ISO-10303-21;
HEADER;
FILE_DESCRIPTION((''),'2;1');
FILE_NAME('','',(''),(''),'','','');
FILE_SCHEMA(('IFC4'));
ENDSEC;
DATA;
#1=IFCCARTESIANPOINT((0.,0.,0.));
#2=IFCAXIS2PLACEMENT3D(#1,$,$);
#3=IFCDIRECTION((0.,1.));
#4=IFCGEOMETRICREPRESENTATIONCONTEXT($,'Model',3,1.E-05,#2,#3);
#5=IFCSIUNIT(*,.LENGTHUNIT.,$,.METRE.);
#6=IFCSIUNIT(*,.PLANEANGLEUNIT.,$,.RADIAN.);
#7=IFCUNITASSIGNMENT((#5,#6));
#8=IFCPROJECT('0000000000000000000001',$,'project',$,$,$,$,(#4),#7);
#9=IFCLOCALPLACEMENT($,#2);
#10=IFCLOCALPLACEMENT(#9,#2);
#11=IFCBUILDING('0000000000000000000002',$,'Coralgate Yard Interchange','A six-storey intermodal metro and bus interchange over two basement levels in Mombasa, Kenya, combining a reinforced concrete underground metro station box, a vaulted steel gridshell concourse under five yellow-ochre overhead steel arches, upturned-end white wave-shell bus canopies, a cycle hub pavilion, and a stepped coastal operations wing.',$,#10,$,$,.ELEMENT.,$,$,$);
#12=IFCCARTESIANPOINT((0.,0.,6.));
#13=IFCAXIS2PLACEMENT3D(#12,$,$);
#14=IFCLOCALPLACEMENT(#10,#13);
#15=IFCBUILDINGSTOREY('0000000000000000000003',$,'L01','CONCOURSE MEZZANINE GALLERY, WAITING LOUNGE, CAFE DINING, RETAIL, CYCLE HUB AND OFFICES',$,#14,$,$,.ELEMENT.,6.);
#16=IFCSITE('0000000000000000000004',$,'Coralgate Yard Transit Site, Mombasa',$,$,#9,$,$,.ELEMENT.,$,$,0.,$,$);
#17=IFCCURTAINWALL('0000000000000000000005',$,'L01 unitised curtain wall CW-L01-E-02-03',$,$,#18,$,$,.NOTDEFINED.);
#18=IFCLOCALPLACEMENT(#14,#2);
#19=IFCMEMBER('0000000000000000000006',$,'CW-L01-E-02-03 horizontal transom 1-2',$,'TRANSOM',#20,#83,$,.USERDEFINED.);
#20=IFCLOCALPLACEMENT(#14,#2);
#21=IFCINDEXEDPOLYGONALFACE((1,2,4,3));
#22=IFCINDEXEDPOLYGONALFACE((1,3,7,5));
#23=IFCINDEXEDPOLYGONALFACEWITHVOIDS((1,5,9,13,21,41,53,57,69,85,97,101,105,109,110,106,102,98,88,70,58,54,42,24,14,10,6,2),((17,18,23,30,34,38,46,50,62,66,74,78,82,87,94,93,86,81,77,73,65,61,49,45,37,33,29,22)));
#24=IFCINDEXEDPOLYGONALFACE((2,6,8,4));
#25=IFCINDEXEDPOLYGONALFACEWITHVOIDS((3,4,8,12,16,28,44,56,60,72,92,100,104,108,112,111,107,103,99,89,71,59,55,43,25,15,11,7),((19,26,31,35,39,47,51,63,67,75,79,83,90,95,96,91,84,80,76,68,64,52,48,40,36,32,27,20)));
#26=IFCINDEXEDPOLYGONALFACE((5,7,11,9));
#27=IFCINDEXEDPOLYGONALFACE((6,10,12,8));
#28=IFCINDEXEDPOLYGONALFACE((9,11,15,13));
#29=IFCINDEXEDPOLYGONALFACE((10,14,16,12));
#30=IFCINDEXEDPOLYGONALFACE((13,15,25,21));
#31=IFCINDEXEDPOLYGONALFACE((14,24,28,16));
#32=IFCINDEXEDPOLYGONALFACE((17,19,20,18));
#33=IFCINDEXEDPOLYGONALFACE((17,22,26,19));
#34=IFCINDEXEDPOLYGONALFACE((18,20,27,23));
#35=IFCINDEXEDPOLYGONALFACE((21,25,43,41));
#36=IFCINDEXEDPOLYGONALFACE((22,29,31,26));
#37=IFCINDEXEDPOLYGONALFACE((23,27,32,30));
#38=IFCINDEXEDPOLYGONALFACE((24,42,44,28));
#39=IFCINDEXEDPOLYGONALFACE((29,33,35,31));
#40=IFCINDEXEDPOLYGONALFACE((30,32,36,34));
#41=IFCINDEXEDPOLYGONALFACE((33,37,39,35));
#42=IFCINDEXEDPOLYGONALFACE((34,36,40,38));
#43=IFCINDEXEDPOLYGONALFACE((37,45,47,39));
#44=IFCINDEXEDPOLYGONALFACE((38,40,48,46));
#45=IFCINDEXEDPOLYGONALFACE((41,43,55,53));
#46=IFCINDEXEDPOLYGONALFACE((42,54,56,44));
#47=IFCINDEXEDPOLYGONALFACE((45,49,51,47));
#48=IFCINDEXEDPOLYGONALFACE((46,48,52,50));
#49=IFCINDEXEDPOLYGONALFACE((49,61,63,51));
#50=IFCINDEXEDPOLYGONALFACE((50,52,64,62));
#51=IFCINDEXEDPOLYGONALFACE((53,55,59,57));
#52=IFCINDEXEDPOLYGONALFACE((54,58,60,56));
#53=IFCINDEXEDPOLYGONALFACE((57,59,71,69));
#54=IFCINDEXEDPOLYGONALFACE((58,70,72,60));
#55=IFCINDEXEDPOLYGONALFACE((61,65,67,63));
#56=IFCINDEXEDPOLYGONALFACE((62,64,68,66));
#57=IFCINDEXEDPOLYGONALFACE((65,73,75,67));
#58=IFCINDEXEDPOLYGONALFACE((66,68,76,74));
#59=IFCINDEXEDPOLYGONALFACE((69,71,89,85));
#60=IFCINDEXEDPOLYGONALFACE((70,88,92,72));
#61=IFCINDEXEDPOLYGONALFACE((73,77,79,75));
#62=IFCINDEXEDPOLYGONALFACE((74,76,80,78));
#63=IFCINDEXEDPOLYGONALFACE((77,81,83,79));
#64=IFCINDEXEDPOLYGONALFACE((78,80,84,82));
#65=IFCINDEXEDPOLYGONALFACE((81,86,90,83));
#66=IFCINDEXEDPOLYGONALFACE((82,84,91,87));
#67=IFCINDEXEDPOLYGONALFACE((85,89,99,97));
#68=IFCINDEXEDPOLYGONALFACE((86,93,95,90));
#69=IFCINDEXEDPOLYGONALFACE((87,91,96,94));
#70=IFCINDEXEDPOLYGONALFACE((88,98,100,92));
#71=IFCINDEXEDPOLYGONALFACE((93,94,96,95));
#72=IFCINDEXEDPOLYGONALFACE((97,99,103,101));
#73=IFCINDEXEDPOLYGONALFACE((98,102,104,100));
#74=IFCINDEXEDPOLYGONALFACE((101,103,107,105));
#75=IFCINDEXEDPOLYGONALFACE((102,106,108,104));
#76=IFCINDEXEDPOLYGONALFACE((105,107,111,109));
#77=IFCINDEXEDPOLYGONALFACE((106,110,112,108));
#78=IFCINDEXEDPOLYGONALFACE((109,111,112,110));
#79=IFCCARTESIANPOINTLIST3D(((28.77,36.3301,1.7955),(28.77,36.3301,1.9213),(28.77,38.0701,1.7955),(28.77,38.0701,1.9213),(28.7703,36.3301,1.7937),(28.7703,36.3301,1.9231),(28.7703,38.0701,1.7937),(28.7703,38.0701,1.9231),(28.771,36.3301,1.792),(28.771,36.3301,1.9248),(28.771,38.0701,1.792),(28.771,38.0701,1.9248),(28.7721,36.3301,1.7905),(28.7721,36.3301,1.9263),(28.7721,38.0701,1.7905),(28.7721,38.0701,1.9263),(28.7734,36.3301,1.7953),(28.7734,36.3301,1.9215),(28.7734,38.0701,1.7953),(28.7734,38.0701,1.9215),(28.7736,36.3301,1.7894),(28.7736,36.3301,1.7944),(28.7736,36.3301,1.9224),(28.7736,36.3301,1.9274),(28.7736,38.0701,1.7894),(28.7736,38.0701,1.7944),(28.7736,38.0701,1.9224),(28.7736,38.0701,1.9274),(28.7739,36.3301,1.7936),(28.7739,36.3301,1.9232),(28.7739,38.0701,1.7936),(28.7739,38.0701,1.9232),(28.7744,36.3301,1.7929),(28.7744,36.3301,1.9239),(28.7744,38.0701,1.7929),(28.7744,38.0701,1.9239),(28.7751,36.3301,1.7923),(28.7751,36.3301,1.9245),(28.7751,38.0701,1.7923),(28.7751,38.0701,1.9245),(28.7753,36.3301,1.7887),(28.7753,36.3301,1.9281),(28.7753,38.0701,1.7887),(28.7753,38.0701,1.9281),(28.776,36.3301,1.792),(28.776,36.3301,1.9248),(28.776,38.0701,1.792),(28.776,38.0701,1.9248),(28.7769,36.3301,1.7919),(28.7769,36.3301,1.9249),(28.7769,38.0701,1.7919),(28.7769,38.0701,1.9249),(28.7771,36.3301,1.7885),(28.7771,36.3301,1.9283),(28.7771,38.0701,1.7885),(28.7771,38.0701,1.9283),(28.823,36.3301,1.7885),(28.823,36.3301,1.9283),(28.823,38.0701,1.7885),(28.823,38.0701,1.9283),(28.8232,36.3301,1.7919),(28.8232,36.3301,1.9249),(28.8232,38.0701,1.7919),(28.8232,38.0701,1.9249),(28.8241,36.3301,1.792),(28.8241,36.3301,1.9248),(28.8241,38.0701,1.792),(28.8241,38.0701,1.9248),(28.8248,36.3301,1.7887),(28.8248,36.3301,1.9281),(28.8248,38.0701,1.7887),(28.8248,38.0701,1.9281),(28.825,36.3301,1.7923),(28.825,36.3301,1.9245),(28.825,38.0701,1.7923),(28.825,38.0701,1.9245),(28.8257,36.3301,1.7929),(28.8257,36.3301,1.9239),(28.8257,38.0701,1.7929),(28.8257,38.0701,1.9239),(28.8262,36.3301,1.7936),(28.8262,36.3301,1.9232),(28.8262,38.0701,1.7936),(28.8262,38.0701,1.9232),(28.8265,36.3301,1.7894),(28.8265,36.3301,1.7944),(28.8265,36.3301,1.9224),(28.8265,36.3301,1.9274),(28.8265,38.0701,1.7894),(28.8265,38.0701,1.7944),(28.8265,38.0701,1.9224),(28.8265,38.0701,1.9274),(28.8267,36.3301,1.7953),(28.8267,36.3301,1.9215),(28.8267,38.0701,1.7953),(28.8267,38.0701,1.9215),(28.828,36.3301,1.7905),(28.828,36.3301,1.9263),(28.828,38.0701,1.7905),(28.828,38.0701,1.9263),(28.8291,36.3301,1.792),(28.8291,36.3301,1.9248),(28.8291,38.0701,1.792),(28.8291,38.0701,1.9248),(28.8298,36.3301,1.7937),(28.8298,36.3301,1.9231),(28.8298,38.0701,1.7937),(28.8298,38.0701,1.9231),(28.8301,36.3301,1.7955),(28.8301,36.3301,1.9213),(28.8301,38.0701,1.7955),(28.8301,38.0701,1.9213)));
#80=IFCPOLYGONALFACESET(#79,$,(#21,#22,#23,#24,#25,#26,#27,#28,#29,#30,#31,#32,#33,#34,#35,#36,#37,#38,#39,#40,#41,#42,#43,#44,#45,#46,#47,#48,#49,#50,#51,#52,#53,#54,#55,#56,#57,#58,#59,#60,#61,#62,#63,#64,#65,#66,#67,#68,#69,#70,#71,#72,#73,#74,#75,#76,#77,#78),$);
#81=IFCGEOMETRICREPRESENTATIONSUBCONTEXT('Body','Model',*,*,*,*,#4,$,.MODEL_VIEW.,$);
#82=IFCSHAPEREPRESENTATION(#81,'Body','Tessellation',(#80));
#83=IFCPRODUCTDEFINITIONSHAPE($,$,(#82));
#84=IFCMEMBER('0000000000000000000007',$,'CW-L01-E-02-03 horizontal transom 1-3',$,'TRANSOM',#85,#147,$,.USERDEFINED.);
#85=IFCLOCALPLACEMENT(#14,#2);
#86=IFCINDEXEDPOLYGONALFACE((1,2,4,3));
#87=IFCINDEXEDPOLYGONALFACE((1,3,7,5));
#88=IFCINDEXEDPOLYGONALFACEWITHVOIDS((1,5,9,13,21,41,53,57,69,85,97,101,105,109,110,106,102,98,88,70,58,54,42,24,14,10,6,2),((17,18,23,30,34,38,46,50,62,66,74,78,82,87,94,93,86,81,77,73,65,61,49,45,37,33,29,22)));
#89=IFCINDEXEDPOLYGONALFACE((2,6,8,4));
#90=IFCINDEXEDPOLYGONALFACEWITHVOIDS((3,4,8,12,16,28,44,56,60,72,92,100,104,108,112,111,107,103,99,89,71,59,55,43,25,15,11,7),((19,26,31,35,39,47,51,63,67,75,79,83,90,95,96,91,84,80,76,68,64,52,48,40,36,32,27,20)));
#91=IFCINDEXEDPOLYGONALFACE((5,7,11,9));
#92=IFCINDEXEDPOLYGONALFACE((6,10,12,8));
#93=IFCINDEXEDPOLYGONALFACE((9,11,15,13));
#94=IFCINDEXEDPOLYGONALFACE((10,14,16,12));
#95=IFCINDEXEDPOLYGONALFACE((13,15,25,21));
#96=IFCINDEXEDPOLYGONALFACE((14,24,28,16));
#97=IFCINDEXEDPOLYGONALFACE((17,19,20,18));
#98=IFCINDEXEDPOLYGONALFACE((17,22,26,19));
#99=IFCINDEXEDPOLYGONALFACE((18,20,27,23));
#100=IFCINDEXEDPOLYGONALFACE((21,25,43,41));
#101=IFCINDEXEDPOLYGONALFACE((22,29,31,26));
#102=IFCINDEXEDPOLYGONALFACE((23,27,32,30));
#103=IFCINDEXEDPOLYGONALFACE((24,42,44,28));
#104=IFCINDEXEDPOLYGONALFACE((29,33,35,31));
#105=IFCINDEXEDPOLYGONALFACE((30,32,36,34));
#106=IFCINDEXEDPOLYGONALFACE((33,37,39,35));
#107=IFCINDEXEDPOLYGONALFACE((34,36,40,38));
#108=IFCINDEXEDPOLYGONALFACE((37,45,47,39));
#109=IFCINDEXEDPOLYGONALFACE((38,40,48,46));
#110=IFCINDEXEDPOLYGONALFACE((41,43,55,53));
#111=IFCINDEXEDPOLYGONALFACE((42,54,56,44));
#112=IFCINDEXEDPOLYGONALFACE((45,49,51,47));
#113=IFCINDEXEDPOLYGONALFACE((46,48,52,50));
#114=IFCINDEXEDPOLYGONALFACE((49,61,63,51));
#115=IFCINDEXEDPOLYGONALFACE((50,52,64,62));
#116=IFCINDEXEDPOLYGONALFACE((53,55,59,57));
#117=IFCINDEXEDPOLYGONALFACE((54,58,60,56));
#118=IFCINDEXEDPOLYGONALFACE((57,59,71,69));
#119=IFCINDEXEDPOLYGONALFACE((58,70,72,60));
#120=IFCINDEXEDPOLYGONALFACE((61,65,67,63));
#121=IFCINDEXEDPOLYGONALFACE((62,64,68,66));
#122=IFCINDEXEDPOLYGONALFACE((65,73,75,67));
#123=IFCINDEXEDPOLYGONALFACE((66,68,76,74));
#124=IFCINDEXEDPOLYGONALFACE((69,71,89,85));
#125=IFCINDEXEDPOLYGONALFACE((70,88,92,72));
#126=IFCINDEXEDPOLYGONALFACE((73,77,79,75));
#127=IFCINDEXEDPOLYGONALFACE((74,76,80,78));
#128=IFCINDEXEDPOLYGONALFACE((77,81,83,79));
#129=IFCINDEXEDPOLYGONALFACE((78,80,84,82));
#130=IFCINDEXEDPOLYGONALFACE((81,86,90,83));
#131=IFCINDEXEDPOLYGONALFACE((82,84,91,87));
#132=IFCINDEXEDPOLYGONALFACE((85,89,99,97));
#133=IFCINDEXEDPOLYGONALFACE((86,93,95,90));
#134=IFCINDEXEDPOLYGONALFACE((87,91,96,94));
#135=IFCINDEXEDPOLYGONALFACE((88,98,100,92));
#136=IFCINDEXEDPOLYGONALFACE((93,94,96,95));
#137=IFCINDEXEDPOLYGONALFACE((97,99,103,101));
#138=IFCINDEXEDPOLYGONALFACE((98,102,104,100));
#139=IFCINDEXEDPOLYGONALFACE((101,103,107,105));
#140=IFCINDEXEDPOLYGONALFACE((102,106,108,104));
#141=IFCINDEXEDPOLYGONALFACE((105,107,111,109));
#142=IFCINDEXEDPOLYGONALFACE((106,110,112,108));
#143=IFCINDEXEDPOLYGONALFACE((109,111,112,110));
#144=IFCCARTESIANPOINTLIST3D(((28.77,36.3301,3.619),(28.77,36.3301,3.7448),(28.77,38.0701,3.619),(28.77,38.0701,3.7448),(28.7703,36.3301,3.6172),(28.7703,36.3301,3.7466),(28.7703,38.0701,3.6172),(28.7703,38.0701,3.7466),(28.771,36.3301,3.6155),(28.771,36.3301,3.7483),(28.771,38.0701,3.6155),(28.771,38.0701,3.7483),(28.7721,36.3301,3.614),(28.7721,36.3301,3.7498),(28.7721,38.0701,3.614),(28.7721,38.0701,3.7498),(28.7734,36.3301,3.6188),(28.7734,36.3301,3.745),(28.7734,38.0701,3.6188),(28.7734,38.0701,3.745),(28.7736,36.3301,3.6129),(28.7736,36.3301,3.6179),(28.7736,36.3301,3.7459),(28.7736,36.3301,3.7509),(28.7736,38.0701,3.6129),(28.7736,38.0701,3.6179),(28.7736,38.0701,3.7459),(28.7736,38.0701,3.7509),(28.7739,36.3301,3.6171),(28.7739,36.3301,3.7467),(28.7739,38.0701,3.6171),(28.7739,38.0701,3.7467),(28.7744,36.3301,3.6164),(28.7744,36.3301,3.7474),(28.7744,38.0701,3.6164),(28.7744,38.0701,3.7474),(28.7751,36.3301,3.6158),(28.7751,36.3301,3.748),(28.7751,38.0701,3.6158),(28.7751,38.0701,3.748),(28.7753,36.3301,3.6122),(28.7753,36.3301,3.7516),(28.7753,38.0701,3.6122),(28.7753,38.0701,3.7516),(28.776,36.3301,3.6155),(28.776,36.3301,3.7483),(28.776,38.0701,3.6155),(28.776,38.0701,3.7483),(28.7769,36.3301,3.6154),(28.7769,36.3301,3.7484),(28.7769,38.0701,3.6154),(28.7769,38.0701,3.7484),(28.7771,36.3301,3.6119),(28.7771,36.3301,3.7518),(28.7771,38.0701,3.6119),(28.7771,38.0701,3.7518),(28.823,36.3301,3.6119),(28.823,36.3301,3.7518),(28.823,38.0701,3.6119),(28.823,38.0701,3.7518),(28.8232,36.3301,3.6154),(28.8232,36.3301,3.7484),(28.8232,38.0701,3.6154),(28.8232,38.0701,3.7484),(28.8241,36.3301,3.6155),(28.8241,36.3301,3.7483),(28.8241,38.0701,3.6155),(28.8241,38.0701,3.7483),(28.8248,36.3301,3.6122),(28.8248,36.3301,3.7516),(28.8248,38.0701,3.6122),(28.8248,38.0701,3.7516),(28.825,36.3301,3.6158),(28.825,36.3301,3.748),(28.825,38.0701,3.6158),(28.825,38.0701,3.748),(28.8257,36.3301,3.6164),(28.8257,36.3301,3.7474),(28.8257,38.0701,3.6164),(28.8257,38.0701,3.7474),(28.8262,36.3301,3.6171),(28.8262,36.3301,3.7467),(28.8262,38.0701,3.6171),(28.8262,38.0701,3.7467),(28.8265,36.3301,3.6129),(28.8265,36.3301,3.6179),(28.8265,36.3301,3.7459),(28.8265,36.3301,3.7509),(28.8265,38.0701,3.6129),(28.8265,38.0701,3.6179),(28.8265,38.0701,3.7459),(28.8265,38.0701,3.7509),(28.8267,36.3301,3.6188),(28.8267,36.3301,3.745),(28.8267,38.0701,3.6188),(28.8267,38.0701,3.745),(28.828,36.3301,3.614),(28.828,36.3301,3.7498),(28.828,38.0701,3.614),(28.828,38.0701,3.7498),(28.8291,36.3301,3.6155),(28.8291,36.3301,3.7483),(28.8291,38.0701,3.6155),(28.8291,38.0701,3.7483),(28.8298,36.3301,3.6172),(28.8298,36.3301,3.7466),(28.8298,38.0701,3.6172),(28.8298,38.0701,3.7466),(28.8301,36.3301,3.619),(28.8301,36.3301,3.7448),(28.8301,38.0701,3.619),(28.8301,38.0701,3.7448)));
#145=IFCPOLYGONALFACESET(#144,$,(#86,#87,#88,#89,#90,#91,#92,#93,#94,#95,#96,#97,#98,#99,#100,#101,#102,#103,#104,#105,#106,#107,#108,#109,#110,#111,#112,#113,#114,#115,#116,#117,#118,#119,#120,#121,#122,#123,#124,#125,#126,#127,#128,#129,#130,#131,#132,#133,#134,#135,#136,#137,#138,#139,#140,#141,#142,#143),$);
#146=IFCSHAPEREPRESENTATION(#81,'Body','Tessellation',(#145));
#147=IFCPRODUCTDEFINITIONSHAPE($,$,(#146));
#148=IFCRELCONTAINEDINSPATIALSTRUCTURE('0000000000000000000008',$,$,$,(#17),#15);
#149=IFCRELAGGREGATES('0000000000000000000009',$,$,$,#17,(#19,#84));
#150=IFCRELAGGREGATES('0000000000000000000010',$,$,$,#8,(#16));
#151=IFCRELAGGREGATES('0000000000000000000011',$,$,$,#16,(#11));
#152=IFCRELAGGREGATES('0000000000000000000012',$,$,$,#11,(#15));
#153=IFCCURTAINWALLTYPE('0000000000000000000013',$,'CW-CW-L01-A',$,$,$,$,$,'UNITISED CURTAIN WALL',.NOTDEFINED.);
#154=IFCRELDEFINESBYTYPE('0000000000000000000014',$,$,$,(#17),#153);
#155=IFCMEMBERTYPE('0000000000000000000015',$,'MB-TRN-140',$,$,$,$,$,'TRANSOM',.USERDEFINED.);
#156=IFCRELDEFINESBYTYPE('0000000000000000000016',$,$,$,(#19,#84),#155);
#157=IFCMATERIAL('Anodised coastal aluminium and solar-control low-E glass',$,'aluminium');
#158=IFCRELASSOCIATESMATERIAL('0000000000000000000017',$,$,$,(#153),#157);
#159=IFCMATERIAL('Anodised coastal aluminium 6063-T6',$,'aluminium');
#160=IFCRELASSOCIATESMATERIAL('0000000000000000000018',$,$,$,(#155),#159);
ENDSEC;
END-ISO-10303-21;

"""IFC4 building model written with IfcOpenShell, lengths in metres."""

from ifc_helpers import new_model, si_unit, direction, frame, origin, origin_2d, place, context, subcontext, project, spatial, hollow_rectangle, extrude, material, material_profile, profile_set, type_object, element, aggregate, save


model = new_model("IFC4")

# Units and contexts
model_context = context("Model", 3, precision=1e-05, world=origin(), true_north=direction((0.0, 1.0)))
body_context = subcontext(model_context, "Body", "Model", "MODEL_VIEW")
ifc_project = project(units=[si_unit("LENGTHUNIT", "METRE"), si_unit("PLANEANGLEUNIT", "RADIAN")], contexts=[model_context])

# Site, building, storey
site_placement = place(None, origin())
site = spatial("IfcSite", under=ifc_project, at=site_placement, Name="Coralgate Yard Transit Site, Mombasa", CompositionType="ELEMENT", RefElevation=0.0)
building_placement = place(site_placement, origin())
building = spatial("IfcBuilding", under=site, at=building_placement, Name="Coralgate Yard Interchange", Description="A six-storey intermodal metro and bus interchange over two basement levels in Mombasa, Kenya, combining a reinforced concrete underground metro station box, a vaulted steel gridshell concourse under five yellow-ochre overhead steel arches, upturned-end white wave-shell bus canopies, a cycle hub pavilion, and a stepped coastal operations wing.", CompositionType="ELEMENT")
storey_placement = place(building_placement, frame((0.0, 0.0, 6.0)))
storey = spatial("IfcBuildingStorey", under=building, at=storey_placement, Name="L01", Description="CONCOURSE MEZZANINE GALLERY, WAITING LOUNGE, CAFE DINING, RETAIL, CYCLE HUB AND OFFICES", CompositionType="ELEMENT", Elevation=6.0)

# Curtain wall
ifc_material_1 = material(Name="Anodised coastal aluminium and solar-control low-E glass", Category="aluminium")
curtain_wall_type_1 = type_object("IfcCurtainWallType", Name="CW-CW-L01-A", ElementType="UNITISED CURTAIN WALL", PredefinedType="NOTDEFINED", material=ifc_material_1)
curtain_wall_1_placement = place(storey_placement, origin())
curtain_wall_1 = element("IfcCurtainWall", 1, at=curtain_wall_1_placement, inside=storey, type_object=curtain_wall_type_1, Name="L01 unitised curtain wall CW-L01-E-02-03", PredefinedType="NOTDEFINED")
ifc_material_2 = material(Name="Anodised coastal aluminium 6063-T6", Category="aluminium")

# Members
ifc_material_profile_1 = material_profile(ifc_material_2, hollow_rectangle(XDim=0.0601, YDim=0.1399, WallThickness=0.0034, InnerFilletRadius=0.0034, OuterFilletRadius=0.0071, at=origin_2d()), Name="ALU 60x140x3.5")
ifc_profile_set_1 = profile_set([ifc_material_profile_1], Name="Anodised coastal aluminium 6063-T6")
member_type_1 = type_object("IfcMemberType", Name="MB-TRN-140", ElementType="TRANSOM", PredefinedType="USERDEFINED", material=ifc_profile_set_1)
member_1_placement = place(storey_placement, frame((28.8, 38.0701, 1.8584), z_axis=(0.0, -1.0, 0.0), x_axis=(1.0, 0.0, 0.0)))
member_1 = element("IfcMember", 2, at=member_1_placement, type_object=member_type_1, Name="CW-L01-E-02-03 horizontal transom 1-2", ObjectType="TRANSOM", PredefinedType="USERDEFINED", context=body_context, shape_type="SweptSolid", body=[
    extrude(hollow_rectangle(XDim=0.0601, YDim=0.1399, WallThickness=0.0034, InnerFilletRadius=0.0034, OuterFilletRadius=0.0071, at=origin_2d()), origin(), (0.0, 0.0, 1.0), 1.74),
])
member_2_placement = place(storey_placement, frame((28.8, 38.0701, 3.6819), z_axis=(0.0, -1.0, 0.0), x_axis=(1.0, 0.0, 0.0)))
member_2 = element("IfcMember", 3, at=member_2_placement, type_object=member_type_1, Name="CW-L01-E-02-03 horizontal transom 1-3", ObjectType="TRANSOM", PredefinedType="USERDEFINED", context=body_context, shape_type="SweptSolid", body=[
    extrude(hollow_rectangle(XDim=0.0601, YDim=0.1399, WallThickness=0.0034, InnerFilletRadius=0.0034, OuterFilletRadius=0.0071, at=origin_2d()), origin(), (0.0, 0.0, 1.0), 1.74),
])

aggregate(curtain_wall_1, [member_1, member_2])

save(model, "model.ifc")
